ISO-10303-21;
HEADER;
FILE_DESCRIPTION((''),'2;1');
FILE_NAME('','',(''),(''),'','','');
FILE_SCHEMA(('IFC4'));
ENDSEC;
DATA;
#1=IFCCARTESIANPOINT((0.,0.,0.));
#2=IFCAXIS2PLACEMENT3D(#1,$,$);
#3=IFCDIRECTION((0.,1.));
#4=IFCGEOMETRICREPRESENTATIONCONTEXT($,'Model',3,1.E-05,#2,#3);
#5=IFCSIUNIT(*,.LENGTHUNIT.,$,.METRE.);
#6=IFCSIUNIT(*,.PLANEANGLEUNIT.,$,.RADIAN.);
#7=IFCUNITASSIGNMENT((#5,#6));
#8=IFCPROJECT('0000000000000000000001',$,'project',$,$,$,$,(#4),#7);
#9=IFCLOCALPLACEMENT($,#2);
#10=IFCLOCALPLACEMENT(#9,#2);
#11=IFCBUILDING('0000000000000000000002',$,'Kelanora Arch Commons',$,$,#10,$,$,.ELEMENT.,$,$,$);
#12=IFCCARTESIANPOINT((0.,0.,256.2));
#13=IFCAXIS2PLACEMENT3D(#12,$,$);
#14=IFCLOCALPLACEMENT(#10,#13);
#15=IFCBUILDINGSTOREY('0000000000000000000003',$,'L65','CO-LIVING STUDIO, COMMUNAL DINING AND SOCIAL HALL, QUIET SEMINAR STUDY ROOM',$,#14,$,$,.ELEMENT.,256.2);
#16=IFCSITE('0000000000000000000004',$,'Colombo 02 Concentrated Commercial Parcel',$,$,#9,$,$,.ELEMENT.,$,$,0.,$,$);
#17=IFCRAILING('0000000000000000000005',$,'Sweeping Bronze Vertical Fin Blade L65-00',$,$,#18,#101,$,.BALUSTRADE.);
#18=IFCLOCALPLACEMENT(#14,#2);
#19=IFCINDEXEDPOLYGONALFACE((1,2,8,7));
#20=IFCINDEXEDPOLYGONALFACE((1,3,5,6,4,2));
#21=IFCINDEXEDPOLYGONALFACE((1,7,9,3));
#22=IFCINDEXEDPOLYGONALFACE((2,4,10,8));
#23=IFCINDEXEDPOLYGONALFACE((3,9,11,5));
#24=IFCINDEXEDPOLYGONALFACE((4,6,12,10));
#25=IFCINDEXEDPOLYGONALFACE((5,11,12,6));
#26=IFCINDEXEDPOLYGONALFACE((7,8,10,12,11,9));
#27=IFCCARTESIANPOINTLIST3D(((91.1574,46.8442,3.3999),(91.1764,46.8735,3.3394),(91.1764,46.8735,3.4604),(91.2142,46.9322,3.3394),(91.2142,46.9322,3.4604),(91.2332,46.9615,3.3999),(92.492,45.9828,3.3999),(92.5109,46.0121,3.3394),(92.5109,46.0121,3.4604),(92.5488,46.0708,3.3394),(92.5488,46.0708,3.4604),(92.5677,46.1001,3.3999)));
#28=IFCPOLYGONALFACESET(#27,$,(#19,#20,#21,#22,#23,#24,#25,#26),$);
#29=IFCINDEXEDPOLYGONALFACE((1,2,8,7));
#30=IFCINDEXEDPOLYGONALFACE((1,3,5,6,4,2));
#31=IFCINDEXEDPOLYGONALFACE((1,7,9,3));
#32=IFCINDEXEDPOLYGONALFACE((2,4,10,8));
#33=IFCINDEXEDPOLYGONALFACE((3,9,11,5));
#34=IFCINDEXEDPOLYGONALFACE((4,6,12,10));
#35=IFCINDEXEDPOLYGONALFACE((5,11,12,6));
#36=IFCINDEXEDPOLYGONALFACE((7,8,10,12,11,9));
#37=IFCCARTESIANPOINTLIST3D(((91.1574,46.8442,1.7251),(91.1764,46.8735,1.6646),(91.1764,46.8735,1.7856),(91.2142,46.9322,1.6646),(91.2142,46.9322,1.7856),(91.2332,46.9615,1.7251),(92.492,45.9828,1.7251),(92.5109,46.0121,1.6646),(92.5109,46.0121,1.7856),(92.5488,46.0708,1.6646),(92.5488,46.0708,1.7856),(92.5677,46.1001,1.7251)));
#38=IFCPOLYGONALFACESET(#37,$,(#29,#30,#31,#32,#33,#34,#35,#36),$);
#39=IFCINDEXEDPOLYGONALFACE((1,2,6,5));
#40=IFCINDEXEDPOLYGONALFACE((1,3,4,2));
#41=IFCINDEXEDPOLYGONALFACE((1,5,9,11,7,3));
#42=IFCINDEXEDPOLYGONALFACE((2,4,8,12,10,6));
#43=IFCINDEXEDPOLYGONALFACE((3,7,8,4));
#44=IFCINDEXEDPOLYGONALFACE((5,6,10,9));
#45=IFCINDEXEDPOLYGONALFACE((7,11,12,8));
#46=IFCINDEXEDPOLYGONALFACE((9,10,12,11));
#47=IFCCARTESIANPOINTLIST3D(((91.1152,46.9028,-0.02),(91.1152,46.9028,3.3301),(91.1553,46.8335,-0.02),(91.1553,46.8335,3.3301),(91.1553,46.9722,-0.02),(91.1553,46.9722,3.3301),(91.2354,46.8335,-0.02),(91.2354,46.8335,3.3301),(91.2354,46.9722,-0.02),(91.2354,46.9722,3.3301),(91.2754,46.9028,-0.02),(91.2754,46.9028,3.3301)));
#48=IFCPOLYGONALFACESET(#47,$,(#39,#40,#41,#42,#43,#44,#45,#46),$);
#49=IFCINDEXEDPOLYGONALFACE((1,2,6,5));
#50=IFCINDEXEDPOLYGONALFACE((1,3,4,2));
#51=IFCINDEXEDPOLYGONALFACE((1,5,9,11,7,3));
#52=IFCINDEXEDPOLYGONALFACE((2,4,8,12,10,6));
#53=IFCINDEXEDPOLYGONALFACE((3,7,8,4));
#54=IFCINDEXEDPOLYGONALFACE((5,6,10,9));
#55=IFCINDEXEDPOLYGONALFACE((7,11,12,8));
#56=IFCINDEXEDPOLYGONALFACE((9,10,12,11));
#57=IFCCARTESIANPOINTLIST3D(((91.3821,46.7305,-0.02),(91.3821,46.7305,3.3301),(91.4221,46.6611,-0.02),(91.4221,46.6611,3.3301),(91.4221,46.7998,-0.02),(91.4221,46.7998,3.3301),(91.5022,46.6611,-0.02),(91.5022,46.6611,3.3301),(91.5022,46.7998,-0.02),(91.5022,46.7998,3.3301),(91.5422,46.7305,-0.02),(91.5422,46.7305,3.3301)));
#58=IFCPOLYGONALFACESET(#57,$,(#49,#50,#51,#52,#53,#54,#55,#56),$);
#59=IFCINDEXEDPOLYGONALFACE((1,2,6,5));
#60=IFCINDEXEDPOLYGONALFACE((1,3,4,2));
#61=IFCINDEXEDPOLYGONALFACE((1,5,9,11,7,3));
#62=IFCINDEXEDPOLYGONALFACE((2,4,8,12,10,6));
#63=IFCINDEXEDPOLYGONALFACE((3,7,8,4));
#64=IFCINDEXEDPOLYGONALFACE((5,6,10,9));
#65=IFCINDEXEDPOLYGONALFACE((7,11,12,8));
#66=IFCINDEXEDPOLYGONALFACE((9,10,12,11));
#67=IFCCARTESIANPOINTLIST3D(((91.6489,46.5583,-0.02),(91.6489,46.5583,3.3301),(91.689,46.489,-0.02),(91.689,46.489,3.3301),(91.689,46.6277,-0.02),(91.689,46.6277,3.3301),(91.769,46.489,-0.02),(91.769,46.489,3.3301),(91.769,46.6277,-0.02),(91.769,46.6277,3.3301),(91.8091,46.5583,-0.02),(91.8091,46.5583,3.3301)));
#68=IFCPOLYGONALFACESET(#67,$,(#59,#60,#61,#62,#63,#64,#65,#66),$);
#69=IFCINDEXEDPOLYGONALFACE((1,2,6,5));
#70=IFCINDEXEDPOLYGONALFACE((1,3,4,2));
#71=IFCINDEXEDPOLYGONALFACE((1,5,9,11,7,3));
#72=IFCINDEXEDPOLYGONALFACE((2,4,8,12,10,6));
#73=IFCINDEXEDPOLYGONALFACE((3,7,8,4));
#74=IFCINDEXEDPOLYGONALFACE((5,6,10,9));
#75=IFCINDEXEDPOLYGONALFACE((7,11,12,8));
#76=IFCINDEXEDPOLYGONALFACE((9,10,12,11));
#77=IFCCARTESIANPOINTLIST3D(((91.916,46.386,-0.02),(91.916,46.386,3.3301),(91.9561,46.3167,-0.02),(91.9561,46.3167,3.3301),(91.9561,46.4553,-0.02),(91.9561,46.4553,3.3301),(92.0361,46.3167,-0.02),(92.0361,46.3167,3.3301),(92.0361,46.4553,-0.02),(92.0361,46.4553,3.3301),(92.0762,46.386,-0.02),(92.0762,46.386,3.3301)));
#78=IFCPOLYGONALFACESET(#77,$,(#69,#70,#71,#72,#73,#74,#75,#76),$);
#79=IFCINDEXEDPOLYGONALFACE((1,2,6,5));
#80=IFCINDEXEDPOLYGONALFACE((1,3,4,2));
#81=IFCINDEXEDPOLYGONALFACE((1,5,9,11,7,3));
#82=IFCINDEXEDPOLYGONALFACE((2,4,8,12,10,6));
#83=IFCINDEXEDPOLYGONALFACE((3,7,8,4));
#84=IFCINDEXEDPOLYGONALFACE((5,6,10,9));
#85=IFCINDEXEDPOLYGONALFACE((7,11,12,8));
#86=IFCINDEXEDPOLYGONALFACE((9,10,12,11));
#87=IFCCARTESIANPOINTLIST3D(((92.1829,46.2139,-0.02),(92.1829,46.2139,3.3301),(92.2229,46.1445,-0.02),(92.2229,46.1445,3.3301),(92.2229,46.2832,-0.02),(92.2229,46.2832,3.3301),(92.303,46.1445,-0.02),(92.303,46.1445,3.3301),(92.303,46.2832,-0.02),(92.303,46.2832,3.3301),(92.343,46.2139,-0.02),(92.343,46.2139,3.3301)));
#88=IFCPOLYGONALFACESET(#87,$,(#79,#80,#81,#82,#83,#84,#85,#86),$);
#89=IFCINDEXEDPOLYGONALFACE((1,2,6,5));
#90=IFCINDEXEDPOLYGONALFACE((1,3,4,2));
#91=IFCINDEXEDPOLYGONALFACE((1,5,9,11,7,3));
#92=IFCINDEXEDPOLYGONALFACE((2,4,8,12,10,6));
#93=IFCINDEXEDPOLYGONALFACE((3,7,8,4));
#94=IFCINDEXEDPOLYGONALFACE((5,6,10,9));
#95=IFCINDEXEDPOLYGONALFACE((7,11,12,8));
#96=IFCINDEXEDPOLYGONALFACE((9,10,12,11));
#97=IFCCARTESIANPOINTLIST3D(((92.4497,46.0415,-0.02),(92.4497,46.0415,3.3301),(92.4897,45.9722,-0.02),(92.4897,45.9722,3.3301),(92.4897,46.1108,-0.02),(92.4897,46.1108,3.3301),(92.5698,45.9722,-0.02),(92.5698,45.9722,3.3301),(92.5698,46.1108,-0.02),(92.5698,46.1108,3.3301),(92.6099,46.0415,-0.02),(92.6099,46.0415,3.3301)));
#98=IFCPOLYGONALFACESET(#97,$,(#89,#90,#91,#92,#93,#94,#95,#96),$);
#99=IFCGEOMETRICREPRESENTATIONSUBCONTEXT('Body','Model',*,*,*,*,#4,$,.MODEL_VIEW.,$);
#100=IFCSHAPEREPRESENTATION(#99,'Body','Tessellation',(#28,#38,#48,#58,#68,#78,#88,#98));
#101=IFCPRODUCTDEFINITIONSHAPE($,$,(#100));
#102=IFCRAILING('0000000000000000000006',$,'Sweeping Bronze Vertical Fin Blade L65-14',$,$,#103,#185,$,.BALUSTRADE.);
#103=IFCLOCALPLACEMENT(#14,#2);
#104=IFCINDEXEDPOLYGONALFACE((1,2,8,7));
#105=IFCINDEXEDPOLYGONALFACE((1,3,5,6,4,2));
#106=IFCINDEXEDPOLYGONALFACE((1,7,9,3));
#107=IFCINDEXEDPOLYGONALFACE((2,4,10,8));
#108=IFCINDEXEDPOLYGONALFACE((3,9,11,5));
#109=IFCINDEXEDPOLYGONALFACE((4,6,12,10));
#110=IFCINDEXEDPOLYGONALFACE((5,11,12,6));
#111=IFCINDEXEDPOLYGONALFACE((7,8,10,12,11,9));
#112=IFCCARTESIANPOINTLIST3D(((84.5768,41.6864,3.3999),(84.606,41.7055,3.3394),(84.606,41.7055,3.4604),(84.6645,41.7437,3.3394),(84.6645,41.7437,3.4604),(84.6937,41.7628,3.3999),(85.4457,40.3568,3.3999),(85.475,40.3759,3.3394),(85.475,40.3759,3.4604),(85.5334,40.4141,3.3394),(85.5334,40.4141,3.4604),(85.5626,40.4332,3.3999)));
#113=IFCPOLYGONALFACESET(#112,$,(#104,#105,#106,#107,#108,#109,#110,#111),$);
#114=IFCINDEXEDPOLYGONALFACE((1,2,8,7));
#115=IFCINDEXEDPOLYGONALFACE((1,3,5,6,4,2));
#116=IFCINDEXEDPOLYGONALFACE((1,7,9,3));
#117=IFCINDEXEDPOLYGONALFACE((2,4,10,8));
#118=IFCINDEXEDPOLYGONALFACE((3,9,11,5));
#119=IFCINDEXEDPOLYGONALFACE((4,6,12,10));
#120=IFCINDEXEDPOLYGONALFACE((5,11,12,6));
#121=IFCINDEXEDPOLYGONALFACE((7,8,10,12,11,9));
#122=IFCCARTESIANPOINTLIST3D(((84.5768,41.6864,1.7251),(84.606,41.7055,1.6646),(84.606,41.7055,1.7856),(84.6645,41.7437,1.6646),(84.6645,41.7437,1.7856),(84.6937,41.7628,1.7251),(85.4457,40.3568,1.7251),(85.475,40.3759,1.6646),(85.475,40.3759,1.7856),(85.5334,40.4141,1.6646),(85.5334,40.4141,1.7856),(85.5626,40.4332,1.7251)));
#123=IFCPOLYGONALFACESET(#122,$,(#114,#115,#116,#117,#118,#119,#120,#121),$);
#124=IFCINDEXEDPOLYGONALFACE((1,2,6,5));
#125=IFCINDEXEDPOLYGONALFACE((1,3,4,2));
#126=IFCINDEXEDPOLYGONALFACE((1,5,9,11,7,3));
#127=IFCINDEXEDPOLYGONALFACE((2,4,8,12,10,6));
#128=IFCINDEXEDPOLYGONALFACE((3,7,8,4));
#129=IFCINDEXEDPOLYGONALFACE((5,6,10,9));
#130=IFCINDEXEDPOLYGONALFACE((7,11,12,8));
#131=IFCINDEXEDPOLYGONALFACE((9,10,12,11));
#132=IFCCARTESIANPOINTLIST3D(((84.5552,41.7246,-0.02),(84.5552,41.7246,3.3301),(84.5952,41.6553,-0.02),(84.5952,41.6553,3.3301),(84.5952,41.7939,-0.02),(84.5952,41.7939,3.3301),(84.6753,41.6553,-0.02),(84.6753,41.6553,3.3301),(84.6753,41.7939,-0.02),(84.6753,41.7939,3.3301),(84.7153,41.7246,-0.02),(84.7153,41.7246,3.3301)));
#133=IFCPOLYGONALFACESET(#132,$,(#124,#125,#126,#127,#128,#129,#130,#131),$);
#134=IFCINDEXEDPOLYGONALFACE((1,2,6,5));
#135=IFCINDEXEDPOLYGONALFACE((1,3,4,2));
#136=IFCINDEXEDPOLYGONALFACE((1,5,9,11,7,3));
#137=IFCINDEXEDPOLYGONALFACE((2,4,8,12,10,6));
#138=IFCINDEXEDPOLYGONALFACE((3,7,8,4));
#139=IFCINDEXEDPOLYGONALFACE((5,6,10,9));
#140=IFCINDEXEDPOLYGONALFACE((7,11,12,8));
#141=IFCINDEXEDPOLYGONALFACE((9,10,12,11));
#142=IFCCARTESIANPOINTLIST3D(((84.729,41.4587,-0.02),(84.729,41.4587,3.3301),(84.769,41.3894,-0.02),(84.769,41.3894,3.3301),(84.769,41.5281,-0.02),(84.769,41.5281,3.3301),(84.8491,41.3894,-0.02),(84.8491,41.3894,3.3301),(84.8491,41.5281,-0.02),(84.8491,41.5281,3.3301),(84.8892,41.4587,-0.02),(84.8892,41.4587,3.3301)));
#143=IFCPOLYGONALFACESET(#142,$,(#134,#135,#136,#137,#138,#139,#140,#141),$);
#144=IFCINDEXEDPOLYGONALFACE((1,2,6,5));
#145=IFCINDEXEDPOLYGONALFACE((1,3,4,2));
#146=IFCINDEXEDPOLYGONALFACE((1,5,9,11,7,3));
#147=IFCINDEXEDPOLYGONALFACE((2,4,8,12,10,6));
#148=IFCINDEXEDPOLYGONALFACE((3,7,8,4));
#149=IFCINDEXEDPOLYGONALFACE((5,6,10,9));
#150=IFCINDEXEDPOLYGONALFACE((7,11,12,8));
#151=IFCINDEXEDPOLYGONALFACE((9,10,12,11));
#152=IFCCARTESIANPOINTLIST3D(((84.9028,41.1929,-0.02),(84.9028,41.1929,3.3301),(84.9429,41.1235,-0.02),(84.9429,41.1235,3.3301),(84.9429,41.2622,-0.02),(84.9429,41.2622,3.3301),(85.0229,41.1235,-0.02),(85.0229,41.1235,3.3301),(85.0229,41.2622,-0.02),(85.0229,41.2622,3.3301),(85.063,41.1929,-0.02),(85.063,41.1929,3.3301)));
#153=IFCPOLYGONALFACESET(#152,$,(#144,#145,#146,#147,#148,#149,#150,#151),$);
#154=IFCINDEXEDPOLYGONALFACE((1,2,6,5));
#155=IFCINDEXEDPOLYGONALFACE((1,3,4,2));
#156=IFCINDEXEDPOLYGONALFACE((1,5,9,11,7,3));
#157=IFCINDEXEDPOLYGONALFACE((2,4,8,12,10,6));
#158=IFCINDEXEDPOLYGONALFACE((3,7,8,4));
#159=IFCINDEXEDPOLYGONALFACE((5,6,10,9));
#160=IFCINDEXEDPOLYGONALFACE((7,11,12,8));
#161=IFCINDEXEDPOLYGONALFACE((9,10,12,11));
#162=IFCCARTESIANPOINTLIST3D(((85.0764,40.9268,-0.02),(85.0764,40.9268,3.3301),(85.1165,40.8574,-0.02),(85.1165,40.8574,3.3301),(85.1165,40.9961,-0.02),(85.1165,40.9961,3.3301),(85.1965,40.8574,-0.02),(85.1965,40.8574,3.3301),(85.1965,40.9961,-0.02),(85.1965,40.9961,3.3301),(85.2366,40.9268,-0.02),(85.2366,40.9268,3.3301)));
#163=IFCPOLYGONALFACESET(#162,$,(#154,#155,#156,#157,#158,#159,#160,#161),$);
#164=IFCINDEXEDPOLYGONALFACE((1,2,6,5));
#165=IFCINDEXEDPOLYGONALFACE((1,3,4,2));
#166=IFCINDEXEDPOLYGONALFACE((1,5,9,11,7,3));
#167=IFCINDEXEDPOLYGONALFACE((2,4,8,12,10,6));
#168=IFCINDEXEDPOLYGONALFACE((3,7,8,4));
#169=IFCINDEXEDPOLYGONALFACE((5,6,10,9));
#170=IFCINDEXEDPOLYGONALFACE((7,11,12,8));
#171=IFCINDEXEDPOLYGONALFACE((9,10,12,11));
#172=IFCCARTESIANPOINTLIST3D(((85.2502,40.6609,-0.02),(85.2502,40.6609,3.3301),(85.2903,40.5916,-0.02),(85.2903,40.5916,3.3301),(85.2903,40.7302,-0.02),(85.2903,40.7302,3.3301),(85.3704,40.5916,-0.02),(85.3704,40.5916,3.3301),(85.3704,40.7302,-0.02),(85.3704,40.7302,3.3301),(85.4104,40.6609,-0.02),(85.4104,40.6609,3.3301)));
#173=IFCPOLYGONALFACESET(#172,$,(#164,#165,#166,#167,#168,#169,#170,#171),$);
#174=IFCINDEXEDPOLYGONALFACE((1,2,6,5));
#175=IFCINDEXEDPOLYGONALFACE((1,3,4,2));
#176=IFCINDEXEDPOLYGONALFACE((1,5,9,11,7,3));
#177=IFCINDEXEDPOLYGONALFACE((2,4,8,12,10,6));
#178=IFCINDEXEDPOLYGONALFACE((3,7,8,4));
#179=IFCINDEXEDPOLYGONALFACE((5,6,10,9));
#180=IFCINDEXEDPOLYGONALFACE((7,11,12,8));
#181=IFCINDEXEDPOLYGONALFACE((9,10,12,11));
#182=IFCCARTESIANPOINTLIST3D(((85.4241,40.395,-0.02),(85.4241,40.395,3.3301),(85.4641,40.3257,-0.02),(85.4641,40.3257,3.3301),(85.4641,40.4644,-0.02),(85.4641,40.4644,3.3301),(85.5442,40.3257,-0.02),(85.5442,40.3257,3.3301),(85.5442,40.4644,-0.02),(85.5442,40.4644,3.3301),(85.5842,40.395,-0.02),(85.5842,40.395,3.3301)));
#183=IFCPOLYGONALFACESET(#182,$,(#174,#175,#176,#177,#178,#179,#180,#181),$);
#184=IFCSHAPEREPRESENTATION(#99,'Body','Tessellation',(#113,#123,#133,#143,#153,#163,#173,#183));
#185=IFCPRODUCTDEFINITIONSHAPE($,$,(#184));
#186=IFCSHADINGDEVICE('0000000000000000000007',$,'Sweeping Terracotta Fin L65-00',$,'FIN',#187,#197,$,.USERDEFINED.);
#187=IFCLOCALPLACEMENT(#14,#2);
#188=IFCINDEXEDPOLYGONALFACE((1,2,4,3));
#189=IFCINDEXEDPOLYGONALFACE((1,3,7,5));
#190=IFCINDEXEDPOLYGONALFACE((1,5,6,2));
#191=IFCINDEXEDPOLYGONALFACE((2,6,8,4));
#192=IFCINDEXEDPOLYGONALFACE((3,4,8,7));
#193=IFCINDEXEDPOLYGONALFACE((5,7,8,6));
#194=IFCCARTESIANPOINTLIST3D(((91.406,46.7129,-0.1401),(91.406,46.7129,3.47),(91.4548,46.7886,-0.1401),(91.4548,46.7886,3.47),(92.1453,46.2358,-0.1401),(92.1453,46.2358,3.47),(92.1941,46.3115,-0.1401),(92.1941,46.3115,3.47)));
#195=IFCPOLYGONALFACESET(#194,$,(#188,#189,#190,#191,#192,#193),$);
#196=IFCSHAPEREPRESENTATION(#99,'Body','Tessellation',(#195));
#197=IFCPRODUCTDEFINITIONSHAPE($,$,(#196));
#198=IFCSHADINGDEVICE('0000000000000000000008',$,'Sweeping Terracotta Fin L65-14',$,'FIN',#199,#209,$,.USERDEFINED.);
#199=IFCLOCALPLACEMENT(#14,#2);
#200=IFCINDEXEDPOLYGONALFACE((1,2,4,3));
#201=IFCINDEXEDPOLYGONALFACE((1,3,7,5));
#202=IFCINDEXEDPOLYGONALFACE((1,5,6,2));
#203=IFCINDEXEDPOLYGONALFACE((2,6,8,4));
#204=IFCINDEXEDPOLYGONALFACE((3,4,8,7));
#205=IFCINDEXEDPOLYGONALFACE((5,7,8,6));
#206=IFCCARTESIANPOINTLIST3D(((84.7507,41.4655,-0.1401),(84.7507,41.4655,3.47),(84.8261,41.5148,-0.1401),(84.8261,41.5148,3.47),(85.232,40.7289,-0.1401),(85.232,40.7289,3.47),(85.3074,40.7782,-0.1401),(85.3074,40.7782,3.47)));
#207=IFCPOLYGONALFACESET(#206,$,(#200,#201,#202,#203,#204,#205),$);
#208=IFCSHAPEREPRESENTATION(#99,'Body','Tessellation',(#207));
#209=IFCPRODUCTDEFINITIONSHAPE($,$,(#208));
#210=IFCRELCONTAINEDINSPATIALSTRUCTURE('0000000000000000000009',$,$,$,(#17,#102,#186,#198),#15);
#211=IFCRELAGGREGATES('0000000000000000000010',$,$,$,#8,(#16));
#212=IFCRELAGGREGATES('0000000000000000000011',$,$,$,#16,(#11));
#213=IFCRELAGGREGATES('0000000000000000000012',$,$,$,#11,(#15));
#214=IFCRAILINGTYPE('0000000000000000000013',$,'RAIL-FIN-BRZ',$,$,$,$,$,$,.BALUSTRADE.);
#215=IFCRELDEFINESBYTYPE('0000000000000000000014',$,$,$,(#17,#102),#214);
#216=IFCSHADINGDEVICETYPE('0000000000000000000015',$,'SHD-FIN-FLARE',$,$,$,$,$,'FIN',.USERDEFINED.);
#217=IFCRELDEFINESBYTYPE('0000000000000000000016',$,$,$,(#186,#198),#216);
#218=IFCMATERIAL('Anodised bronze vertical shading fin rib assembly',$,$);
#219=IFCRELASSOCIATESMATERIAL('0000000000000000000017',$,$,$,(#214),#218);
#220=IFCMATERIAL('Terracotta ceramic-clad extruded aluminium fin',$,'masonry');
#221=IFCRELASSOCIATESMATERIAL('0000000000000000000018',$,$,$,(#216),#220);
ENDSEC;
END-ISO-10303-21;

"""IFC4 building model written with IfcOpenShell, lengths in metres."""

from ifc_helpers import new_model, si_unit, direction, frame, origin, origin_2d, place, context, subcontext, project, spatial, polyline, rectangle, outline, extrude, source, transform, mapped, material, type_object, element, save


model = new_model("IFC4")

# Units and contexts
model_context = context("Model", 3, precision=1e-05, world=origin(), true_north=direction((0.0, 1.0)))
body_context = subcontext(model_context, "Body", "Model", "MODEL_VIEW")
ifc_project = project(units=[si_unit("LENGTHUNIT", "METRE"), si_unit("PLANEANGLEUNIT", "RADIAN")], contexts=[model_context])

# Site, building, storey
site_placement = place(None, origin())
site = spatial("IfcSite", under=ifc_project, at=site_placement, Name="Colombo 02 Concentrated Commercial Parcel", CompositionType="ELEMENT", RefElevation=0.0)
building_placement = place(site_placement, origin())
building = spatial("IfcBuilding", under=site, at=building_placement, Name="Kelanora Arch Commons", CompositionType="ELEMENT")
storey_placement = place(building_placement, frame((0.0, 0.0, 256.2)))
storey = spatial("IfcBuildingStorey", under=building, at=storey_placement, Name="L65", Description="CO-LIVING STUDIO, COMMUNAL DINING AND SOCIAL HALL, QUIET SEMINAR STUDY ROOM", CompositionType="ELEMENT", Elevation=256.2)

# Railings
ifc_material_1 = material(Name="Anodised bronze vertical shading fin rib assembly")
railing_type = type_object("IfcRailingType", Name="RAIL-FIN-BRZ", PredefinedType="BALUSTRADE", material=ifc_material_1)
railing_1_placement = place(storey_placement, frame((91.1953, 46.9028, -0.02)))
element("IfcRailing", 1, at=railing_1_placement, inside=storey, type_object=railing_type, Name="Sweeping Bronze Vertical Fin Blade L65-00", PredefinedType="BALUSTRADE", context=body_context, shape_type="SweptSolid", body=[
    extrude(outline(polyline([(0.0698, 0.0), (0.0349, 0.0605), (-0.0349, 0.0605), (-0.0698, 0.0), (-0.0349, -0.0605), (0.0349, -0.0605), (0.0698, 0.0)])), frame((0.0, 0.0, 3.4199), z_axis=(0.840188, -0.542295, 0.0), x_axis=(0.542295, 0.840188, 0.0)), (0.0, 0.0, 1.0), 1.5884),
    extrude(outline(polyline([(0.0698, 0.0), (0.0349, 0.0605), (-0.0349, 0.0605), (-0.0698, 0.0), (-0.0349, -0.0605), (0.0349, -0.0605), (0.0698, 0.0)])), frame((0.0, 0.0, 1.7451), z_axis=(0.840188, -0.542295, 0.0), x_axis=(0.542295, 0.840188, 0.0)), (0.0, 0.0, 1.0), 1.5884),
    extrude(outline(polyline([(0.0801, 0.0), (0.04, 0.0693), (-0.04, 0.0693), (-0.0801, 0.0), (-0.04, -0.0693), (0.04, -0.0693), (0.0801, 0.0)])), origin(), (0.0, 0.0, 1.0), 3.3501),
    extrude(outline(polyline([(0.0801, 0.0), (0.04, 0.0693), (-0.04, 0.0693), (-0.0801, 0.0), (-0.04, -0.0693), (0.04, -0.0693), (0.0801, 0.0)])), frame((0.2668, -0.1724, 0.0)), (0.0, 0.0, 1.0), 3.3501),
    extrude(outline(polyline([(0.0801, 0.0), (0.04, 0.0693), (-0.04, 0.0693), (-0.0801, 0.0), (-0.04, -0.0693), (0.04, -0.0693), (0.0801, 0.0)])), frame((0.5337, -0.3445, 0.0)), (0.0, 0.0, 1.0), 3.3501),
    extrude(outline(polyline([(0.0801, 0.0), (0.04, 0.0693), (-0.04, 0.0693), (-0.0801, 0.0), (-0.04, -0.0693), (0.04, -0.0693), (0.0801, 0.0)])), frame((0.8008, -0.5168, 0.0)), (0.0, 0.0, 1.0), 3.3501),
    extrude(outline(polyline([(0.0801, 0.0), (0.04, 0.0693), (-0.04, 0.0693), (-0.0801, 0.0), (-0.04, -0.0693), (0.04, -0.0693), (0.0801, 0.0)])), frame((1.0676, -0.689, 0.0)), (0.0, 0.0, 1.0), 3.3501),
    extrude(outline(polyline([(0.0801, 0.0), (0.04, 0.0693), (-0.04, 0.0693), (-0.0801, 0.0), (-0.04, -0.0693), (0.04, -0.0693), (0.0801, 0.0)])), frame((1.3345, -0.8613, 0.0)), (0.0, 0.0, 1.0), 3.3501),
])
railing_2_placement = place(storey_placement, frame((84.6353, 41.7246, -0.02)))
element("IfcRailing", 2, at=railing_2_placement, inside=storey, type_object=railing_type, Name="Sweeping Bronze Vertical Fin Blade L65-14", PredefinedType="BALUSTRADE", context=body_context, shape_type="SweptSolid", body=[
    extrude(outline(polyline([(0.0698, 0.0), (0.0349, 0.0605), (-0.0349, 0.0605), (-0.0698, 0.0), (-0.0349, -0.0605), (0.0349, -0.0605), (0.0698, 0.0)])), frame((0.0, 0.0, 3.4199), z_axis=(0.547051, -0.8371, 0.0), x_axis=(0.8371, 0.547051, 0.0)), (0.0, 0.0, 1.0), 1.5884),
    extrude(outline(polyline([(0.0698, 0.0), (0.0349, 0.0605), (-0.0349, 0.0605), (-0.0698, 0.0), (-0.0349, -0.0605), (0.0349, -0.0605), (0.0698, 0.0)])), frame((0.0, 0.0, 1.7451), z_axis=(0.547051, -0.8371, 0.0), x_axis=(0.8371, 0.547051, 0.0)), (0.0, 0.0, 1.0), 1.5884),
    extrude(outline(polyline([(0.0801, 0.0), (0.04, 0.0693), (-0.04, 0.0693), (-0.0801, 0.0), (-0.04, -0.0693), (0.04, -0.0693), (0.0801, 0.0)])), origin(), (0.0, 0.0, 1.0), 3.3501),
    extrude(outline(polyline([(0.0801, 0.0), (0.04, 0.0693), (-0.04, 0.0693), (-0.0801, 0.0), (-0.04, -0.0693), (0.04, -0.0693), (0.0801, 0.0)])), frame((0.1738, -0.2659, 0.0)), (0.0, 0.0, 1.0), 3.3501),
    extrude(outline(polyline([(0.0801, 0.0), (0.04, 0.0693), (-0.04, 0.0693), (-0.0801, 0.0), (-0.04, -0.0693), (0.04, -0.0693), (0.0801, 0.0)])), frame((0.3477, -0.5317, 0.0)), (0.0, 0.0, 1.0), 3.3501),
    extrude(outline(polyline([(0.0801, 0.0), (0.04, 0.0693), (-0.04, 0.0693), (-0.0801, 0.0), (-0.04, -0.0693), (0.04, -0.0693), (0.0801, 0.0)])), frame((0.5212, -0.7979, 0.0)), (0.0, 0.0, 1.0), 3.3501),
    extrude(outline(polyline([(0.0801, 0.0), (0.04, 0.0693), (-0.04, 0.0693), (-0.0801, 0.0), (-0.04, -0.0693), (0.04, -0.0693), (0.0801, 0.0)])), frame((0.6951, -1.0637, 0.0)), (0.0, 0.0, 1.0), 3.3501),
    extrude(outline(polyline([(0.0801, 0.0), (0.04, 0.0693), (-0.04, 0.0693), (-0.0801, 0.0), (-0.04, -0.0693), (0.04, -0.0693), (0.0801, 0.0)])), frame((0.8689, -1.3296, 0.0)), (0.0, 0.0, 1.0), 3.3501),
])

# Shading devices
ifc_material_2 = material(Name="Terracotta ceramic-clad extruded aluminium fin", Category="masonry")
shading_device_type = type_object("IfcShadingDeviceType", Name="SHD-FIN-FLARE", ElementType="FIN", PredefinedType="USERDEFINED", material=ifc_material_2)
shared_shape_1 = source(origin(), body_context, "Body", "SweptSolid", [
    extrude(rectangle(XDim=0.8799, YDim=0.0901, at=origin_2d()), origin(), (0.0, 0.0, 1.0), 3.6101),
])
for number, where, z_axis, x_axis, name in (
    (3, (91.8, 46.5122, -0.1401), (0.0, 0.0, 1.0), (0.840188, -0.542295, 0.0), "Sweeping Terracotta Fin L65-00"),
    (4, (85.0291, 41.1218, -0.1401), (0.0, 0.0, 1.0), (0.546979, -0.837146, 0.0), "Sweeping Terracotta Fin L65-14"),
):
    element("IfcShadingDevice", number, at=place(storey_placement, frame(where, z_axis=z_axis, x_axis=x_axis)), inside=storey, type_object=shading_device_type, Name=name, ObjectType="FIN", PredefinedType="USERDEFINED", context=body_context, shape_type="MappedRepresentation", body=[
        mapped(shared_shape_1, transform((0.0, 0.0, 0.0), scale=1.0)),
    ])

save(model, "model.ifc")
